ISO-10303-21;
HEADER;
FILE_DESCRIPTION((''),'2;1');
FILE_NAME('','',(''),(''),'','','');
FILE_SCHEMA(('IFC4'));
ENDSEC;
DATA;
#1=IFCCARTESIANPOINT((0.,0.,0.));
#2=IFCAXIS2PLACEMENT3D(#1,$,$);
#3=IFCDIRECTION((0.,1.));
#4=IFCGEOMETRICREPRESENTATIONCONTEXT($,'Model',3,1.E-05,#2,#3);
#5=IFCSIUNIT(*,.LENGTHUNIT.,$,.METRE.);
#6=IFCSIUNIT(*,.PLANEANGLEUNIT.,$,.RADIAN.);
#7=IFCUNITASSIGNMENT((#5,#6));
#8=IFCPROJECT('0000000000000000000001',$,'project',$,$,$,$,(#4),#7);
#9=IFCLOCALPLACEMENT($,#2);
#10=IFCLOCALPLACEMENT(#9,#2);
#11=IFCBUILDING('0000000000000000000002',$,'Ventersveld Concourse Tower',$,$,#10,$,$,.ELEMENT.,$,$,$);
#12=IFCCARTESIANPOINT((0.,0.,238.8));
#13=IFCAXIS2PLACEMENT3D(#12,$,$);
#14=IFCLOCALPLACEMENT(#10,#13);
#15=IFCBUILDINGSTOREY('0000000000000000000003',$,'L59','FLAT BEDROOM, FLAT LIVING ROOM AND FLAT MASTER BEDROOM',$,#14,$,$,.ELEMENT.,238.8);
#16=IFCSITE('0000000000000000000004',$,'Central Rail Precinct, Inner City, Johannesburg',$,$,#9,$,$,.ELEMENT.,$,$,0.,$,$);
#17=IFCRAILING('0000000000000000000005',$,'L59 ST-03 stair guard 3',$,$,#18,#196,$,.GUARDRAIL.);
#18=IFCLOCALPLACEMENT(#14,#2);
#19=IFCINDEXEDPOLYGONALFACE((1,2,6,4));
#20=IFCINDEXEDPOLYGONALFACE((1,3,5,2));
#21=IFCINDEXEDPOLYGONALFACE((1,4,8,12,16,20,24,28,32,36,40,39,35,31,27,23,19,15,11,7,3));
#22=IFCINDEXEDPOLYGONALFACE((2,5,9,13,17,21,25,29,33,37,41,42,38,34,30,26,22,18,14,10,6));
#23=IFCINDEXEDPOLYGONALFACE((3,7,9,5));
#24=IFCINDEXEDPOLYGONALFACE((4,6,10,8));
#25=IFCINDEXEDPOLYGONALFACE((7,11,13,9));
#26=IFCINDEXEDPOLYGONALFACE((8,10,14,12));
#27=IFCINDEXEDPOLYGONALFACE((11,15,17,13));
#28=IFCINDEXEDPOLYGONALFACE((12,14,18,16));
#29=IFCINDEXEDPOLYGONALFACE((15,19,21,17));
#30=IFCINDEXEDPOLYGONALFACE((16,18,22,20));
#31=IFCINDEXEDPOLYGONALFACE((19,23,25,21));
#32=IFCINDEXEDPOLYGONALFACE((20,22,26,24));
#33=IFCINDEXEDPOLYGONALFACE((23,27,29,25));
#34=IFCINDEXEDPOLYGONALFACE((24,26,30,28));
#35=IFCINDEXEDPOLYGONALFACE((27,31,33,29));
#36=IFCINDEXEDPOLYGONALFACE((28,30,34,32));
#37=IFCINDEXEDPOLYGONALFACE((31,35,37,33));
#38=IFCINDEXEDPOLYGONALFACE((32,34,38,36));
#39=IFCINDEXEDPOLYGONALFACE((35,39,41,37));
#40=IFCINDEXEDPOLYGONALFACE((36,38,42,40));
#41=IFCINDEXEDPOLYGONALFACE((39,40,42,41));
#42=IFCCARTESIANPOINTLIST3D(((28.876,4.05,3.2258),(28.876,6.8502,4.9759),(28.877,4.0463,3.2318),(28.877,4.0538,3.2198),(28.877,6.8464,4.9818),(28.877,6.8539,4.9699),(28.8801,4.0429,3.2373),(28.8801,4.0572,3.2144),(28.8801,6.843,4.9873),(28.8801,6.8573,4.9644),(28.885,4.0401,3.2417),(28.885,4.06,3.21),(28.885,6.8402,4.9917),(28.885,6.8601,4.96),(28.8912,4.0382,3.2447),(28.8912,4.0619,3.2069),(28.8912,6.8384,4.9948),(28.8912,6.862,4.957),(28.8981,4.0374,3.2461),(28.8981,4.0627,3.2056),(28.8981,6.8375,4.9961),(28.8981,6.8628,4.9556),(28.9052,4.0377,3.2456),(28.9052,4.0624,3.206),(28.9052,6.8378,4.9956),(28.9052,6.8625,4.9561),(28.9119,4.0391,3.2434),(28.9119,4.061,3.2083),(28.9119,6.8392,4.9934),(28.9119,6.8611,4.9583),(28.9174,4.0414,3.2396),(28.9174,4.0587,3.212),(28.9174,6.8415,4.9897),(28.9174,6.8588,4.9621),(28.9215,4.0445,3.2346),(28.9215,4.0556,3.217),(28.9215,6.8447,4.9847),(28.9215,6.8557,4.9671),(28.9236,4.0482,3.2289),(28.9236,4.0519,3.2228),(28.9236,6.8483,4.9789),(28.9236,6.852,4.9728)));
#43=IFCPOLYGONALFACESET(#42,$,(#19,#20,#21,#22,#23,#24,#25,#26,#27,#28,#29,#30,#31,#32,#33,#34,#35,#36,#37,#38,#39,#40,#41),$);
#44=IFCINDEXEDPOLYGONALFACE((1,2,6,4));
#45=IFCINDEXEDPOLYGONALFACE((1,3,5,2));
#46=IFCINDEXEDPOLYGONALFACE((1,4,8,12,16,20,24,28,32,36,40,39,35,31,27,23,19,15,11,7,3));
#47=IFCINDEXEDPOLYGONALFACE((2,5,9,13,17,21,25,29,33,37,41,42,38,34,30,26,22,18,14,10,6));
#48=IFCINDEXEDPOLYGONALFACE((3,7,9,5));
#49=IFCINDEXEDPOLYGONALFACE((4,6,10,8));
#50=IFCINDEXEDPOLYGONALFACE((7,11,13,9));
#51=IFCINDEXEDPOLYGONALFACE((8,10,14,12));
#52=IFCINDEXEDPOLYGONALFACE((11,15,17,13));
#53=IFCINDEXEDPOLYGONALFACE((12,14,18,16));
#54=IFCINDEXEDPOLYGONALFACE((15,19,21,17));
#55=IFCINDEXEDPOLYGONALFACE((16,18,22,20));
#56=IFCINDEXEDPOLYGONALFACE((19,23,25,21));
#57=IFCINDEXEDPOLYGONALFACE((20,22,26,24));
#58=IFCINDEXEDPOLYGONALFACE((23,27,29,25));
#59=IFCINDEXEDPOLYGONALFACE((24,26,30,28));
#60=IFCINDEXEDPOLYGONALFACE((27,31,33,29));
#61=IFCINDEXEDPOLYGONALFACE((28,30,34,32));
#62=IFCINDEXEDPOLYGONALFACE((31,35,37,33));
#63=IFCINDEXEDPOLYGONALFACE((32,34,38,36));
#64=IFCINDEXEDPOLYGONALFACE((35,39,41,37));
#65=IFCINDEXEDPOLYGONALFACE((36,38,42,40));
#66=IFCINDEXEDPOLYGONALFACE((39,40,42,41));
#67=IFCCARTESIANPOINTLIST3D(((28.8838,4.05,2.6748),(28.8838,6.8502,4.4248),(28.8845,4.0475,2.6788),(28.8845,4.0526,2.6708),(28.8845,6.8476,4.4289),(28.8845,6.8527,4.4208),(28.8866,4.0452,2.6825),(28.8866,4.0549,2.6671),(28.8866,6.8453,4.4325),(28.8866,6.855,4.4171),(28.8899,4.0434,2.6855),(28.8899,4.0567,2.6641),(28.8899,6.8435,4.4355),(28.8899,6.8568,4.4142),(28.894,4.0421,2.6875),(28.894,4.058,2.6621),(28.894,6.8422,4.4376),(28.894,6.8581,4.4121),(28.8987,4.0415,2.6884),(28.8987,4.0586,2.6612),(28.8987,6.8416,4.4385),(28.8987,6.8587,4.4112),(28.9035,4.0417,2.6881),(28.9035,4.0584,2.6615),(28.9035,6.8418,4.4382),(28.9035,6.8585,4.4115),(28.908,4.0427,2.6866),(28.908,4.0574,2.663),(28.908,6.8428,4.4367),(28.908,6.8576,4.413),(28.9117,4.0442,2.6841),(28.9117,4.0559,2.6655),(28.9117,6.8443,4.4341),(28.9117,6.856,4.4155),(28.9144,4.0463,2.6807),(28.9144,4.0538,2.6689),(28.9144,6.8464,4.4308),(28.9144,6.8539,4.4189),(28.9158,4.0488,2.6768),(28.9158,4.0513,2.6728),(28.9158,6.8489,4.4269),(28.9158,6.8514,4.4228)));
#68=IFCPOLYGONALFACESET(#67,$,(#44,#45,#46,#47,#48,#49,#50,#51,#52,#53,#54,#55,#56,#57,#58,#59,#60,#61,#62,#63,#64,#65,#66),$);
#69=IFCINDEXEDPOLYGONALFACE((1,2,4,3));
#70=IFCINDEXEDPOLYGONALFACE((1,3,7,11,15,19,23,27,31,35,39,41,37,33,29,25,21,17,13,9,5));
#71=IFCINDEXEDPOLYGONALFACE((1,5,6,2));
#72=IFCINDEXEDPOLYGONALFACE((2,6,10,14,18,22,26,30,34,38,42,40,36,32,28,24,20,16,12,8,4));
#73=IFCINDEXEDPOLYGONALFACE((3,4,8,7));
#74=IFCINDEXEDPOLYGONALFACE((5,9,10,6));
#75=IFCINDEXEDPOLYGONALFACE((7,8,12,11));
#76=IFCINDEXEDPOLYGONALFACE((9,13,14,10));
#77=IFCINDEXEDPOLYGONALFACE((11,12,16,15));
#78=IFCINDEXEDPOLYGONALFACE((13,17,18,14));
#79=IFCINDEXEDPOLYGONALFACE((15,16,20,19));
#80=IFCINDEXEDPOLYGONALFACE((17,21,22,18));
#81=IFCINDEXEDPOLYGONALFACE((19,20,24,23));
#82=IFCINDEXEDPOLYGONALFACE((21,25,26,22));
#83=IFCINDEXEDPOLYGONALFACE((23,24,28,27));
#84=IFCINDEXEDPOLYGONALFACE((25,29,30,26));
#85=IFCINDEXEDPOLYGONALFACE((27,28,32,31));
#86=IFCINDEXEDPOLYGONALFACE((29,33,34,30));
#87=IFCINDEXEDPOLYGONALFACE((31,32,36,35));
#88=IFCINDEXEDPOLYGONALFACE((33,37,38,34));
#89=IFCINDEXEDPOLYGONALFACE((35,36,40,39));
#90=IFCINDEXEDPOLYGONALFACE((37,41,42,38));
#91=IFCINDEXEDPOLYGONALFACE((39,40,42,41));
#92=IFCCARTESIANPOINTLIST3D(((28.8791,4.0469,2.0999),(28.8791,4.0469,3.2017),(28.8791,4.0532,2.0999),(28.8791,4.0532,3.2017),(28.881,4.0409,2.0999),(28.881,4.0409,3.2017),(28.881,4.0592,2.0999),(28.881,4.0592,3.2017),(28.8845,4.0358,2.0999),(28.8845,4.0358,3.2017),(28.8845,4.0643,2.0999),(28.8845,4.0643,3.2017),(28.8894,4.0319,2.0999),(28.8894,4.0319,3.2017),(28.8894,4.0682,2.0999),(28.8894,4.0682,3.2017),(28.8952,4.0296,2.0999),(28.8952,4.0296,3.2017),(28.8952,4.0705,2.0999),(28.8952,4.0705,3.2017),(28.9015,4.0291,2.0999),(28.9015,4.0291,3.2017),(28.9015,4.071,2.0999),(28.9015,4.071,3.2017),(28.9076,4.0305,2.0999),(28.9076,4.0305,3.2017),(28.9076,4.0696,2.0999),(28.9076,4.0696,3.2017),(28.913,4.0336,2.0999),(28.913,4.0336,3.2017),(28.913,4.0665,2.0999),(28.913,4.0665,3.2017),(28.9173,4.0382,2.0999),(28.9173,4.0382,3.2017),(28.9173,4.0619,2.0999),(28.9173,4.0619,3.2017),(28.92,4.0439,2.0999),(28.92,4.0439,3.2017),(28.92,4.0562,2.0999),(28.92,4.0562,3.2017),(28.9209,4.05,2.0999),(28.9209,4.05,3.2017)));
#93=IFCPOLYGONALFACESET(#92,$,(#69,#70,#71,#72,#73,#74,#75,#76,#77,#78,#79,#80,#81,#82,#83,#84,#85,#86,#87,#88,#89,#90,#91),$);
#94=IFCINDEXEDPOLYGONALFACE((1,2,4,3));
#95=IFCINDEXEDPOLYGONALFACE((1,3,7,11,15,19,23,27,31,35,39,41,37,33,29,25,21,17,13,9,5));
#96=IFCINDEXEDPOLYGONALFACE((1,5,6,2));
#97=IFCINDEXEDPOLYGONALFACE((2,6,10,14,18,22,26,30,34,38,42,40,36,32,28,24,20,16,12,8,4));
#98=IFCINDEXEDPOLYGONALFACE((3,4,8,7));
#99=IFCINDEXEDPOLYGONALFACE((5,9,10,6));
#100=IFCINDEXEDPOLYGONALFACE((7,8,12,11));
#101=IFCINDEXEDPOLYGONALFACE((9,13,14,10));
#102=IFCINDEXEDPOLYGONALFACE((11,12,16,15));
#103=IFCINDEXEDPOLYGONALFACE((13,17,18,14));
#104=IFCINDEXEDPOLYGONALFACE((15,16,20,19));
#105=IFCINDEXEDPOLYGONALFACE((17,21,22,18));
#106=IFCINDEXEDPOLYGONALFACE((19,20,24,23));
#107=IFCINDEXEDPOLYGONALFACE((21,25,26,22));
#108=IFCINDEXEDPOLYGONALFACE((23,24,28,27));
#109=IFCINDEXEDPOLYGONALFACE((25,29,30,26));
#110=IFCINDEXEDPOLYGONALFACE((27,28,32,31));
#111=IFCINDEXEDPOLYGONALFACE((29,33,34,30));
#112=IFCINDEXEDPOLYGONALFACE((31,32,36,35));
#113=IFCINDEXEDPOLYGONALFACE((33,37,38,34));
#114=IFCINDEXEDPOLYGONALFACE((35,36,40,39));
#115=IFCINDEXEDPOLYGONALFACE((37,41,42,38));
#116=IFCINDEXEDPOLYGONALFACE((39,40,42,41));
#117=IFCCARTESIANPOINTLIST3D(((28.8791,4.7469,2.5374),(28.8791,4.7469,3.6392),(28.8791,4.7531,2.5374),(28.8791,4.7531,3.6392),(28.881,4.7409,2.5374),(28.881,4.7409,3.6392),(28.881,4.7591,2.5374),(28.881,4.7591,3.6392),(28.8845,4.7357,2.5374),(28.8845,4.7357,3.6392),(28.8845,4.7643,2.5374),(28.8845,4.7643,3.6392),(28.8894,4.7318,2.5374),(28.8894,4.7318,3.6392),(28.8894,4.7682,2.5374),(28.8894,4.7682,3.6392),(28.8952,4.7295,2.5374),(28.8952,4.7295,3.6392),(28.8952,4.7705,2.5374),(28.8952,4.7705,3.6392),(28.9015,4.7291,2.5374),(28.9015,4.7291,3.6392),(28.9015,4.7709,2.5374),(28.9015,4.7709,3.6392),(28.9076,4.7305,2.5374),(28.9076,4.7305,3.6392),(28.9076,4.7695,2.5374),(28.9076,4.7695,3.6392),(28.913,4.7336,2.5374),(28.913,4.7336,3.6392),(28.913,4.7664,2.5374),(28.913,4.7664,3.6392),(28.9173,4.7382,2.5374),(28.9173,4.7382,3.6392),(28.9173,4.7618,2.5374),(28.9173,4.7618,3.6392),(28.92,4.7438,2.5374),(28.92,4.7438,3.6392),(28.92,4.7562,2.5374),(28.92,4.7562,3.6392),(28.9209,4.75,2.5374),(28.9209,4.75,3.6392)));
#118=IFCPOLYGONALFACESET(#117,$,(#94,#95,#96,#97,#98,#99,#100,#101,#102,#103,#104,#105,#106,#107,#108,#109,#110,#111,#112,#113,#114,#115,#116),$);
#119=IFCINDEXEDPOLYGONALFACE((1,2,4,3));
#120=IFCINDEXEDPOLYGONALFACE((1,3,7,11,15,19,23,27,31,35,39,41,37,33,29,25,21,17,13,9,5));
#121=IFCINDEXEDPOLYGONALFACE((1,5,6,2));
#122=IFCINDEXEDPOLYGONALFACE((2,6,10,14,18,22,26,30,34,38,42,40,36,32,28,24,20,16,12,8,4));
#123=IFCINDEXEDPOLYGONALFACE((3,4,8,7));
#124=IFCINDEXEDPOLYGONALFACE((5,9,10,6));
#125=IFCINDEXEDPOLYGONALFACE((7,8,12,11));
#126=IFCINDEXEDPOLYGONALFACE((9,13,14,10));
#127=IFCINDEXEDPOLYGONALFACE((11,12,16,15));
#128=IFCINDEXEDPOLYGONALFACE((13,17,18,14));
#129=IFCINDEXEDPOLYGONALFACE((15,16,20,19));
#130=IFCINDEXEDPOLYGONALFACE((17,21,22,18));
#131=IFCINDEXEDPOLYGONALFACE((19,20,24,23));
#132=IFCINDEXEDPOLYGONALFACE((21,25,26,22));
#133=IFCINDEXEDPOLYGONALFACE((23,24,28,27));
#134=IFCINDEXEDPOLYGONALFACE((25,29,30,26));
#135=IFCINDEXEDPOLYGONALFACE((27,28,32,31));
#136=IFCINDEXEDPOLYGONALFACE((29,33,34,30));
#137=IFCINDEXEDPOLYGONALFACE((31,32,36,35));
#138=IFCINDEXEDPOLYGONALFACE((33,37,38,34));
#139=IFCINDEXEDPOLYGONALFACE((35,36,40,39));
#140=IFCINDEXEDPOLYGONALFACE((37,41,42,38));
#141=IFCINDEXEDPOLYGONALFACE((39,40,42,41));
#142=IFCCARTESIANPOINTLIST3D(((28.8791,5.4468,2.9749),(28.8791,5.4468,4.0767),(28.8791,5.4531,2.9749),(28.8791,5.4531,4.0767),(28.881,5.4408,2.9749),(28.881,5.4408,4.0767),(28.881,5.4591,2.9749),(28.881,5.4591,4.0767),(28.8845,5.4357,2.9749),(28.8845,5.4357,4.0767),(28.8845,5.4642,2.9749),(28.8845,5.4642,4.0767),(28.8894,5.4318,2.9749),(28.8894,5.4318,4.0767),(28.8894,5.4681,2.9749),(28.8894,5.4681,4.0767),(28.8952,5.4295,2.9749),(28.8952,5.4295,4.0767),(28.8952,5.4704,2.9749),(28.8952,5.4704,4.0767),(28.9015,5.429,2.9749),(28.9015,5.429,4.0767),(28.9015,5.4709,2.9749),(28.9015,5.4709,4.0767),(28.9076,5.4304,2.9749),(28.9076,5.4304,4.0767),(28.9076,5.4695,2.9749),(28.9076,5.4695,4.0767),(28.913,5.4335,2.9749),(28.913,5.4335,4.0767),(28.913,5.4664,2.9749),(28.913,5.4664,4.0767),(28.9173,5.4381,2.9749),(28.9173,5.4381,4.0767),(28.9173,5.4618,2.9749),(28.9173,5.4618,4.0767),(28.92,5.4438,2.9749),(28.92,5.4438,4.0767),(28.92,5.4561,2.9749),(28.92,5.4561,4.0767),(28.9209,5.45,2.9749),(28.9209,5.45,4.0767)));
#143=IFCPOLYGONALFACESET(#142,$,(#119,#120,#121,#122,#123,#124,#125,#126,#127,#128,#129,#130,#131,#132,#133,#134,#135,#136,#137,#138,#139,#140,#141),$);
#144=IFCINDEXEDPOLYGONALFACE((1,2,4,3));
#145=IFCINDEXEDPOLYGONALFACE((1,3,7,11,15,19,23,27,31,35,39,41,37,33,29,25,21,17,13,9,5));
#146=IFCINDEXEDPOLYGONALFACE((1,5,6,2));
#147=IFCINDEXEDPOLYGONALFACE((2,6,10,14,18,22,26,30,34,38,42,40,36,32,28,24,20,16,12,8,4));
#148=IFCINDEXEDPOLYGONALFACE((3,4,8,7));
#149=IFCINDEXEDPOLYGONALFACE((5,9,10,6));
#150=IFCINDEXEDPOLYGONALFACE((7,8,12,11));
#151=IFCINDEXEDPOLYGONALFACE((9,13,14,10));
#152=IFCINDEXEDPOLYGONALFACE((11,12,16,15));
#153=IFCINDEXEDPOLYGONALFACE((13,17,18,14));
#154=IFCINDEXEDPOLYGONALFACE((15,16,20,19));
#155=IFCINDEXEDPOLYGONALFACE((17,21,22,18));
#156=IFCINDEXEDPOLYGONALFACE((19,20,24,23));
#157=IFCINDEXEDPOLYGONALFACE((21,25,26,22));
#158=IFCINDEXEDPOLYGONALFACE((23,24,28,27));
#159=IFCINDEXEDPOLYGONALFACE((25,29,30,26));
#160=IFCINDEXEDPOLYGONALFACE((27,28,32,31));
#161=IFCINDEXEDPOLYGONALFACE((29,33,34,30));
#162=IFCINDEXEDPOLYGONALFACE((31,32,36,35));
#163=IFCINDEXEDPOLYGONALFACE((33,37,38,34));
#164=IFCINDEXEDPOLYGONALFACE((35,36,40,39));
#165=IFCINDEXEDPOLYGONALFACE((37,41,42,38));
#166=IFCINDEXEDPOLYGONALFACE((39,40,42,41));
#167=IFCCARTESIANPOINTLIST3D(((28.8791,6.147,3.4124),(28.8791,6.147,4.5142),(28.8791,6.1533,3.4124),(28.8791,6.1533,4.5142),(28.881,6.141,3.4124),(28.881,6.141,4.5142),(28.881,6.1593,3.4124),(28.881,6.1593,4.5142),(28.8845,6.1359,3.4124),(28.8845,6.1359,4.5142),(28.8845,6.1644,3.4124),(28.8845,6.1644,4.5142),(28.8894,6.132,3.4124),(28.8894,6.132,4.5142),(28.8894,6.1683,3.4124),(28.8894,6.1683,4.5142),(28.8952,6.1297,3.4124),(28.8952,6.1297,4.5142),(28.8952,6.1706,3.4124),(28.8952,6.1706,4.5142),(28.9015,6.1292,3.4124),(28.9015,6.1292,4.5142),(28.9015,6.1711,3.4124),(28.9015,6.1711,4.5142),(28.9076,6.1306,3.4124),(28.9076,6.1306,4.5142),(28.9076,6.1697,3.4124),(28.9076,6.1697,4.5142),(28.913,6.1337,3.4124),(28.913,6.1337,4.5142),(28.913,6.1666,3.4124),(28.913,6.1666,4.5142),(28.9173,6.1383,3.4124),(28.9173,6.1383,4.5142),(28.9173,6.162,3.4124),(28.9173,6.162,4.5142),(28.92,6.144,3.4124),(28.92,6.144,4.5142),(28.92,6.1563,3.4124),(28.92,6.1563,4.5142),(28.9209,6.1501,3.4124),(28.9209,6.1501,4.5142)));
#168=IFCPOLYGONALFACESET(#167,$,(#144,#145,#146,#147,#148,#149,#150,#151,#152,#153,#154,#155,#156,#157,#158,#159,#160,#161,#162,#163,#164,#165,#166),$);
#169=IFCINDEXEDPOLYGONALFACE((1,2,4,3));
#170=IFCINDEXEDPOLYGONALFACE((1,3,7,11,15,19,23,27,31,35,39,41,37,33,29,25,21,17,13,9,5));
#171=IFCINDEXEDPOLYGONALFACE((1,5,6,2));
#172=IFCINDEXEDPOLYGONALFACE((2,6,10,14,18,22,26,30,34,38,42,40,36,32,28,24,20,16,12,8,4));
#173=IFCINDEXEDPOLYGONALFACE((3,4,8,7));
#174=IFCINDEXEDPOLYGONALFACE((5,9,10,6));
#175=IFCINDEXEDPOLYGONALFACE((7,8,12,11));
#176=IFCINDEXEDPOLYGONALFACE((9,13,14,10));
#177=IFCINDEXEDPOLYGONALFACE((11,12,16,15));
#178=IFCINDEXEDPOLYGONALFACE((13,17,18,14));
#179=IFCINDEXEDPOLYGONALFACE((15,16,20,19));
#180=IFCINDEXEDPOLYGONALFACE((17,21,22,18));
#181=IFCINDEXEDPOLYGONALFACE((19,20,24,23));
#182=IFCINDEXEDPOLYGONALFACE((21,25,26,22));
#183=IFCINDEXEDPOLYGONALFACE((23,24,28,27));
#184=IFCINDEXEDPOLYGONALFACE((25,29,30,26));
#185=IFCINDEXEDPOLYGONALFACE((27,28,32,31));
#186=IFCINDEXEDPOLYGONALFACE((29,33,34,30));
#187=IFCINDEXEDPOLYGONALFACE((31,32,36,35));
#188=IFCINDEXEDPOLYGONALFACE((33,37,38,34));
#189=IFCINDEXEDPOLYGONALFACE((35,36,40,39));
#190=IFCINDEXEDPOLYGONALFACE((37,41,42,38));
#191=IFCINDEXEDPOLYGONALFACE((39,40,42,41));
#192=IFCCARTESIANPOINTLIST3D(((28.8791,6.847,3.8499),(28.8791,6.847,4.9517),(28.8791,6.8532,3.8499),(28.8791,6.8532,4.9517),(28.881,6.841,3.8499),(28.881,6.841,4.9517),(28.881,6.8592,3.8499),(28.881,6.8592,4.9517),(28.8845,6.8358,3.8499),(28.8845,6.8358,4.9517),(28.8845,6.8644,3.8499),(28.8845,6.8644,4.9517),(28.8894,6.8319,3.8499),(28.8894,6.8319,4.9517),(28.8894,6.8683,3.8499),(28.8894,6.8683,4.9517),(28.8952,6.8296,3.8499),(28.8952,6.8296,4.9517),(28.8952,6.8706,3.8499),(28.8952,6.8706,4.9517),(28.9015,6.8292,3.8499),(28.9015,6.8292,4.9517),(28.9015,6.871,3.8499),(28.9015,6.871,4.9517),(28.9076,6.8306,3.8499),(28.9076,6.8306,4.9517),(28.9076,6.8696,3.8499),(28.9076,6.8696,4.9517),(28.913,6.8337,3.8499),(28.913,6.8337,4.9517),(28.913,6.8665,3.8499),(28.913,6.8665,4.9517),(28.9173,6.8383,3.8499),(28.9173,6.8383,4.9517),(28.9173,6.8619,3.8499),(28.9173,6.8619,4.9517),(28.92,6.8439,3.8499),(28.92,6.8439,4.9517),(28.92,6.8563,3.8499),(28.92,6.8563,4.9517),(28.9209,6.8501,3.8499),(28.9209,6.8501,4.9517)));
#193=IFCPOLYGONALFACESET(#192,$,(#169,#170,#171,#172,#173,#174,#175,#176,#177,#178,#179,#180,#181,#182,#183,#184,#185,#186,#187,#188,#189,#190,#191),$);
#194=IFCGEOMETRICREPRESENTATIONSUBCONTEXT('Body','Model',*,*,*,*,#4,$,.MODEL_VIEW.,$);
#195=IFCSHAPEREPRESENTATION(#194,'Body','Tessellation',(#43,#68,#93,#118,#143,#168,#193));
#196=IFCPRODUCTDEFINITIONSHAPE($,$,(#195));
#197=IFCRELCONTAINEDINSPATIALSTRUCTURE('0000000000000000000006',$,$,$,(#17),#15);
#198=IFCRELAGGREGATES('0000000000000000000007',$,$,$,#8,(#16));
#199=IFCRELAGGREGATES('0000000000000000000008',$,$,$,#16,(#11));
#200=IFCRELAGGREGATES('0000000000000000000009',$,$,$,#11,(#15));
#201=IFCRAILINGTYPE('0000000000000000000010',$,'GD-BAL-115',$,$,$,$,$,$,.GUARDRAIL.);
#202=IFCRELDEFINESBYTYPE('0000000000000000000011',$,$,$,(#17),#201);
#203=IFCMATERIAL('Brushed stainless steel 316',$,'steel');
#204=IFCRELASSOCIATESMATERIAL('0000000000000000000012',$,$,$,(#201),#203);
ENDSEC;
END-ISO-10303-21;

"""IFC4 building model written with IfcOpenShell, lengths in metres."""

from ifc_helpers import new_model, si_unit, direction, frame, origin, origin_2d, place, context, subcontext, project, spatial, circle, extrude, material, type_object, element, save


model = new_model("IFC4")

# Units and contexts
model_context = context("Model", 3, precision=1e-05, world=origin(), true_north=direction((0.0, 1.0)))
body_context = subcontext(model_context, "Body", "Model", "MODEL_VIEW")
ifc_project = project(units=[si_unit("LENGTHUNIT", "METRE"), si_unit("PLANEANGLEUNIT", "RADIAN")], contexts=[model_context])

# Site, building, storey
site_placement = place(None, origin())
site = spatial("IfcSite", under=ifc_project, at=site_placement, Name="Central Rail Precinct, Inner City, Johannesburg", CompositionType="ELEMENT", RefElevation=0.0)
building_placement = place(site_placement, origin())
building = spatial("IfcBuilding", under=site, at=building_placement, Name="Ventersveld Concourse Tower", CompositionType="ELEMENT")
storey_placement = place(building_placement, frame((0.0, 0.0, 238.8)))
storey = spatial("IfcBuildingStorey", under=building, at=storey_placement, Name="L59", Description="FLAT BEDROOM, FLAT LIVING ROOM AND FLAT MASTER BEDROOM", CompositionType="ELEMENT", Elevation=238.8)

# Shared definitions
ifc_material_1 = material(Name="Brushed stainless steel 316", Category="steel")

# Railing
railing_type_1 = type_object("IfcRailingType", Name="GD-BAL-115", PredefinedType="GUARDRAIL", material=ifc_material_1)
railing_1_placement = place(storey_placement, frame((28.8999, 4.05, 2.0999)))
element("IfcRailing", 1, at=railing_1_placement, inside=storey, type_object=railing_type_1, Name="L59 ST-03 stair guard 3", PredefinedType="GUARDRAIL", context=body_context, shape_type="SweptSolid", body=[
    extrude(circle(Radius=0.0239, at=origin_2d()), frame((0.0, 0.0, 1.126), z_axis=(0.0, 0.848002, 0.529992), x_axis=(-1.0, 0.0, 0.0)), (0.0, 0.0, 1.0), 3.302),
    extrude(circle(Radius=0.0161, at=origin_2d()), frame((0.0, 0.0, 0.575), z_axis=(0.0, 0.848002, 0.529992), x_axis=(-1.0, 0.0, 0.0)), (0.0, 0.0, 1.0), 3.302),
    extrude(circle(Radius=0.021, at=origin_2d()), origin(), (0.0, 0.0, 1.0), 1.1018),
    extrude(circle(Radius=0.021, at=origin_2d()), frame((0.0, 0.7, 0.4375)), (0.0, 0.0, 1.0), 1.1018),
    extrude(circle(Radius=0.021, at=origin_2d()), frame((0.0, 1.3999, 0.875)), (0.0, 0.0, 1.0), 1.1018),
    extrude(circle(Radius=0.021, at=origin_2d()), frame((0.0, 2.1001, 1.3125)), (0.0, 0.0, 1.0), 1.1018),
    extrude(circle(Radius=0.021, at=origin_2d()), frame((0.0, 2.8, 1.75)), (0.0, 0.0, 1.0), 1.1018),
])

save(model, "model.ifc")
